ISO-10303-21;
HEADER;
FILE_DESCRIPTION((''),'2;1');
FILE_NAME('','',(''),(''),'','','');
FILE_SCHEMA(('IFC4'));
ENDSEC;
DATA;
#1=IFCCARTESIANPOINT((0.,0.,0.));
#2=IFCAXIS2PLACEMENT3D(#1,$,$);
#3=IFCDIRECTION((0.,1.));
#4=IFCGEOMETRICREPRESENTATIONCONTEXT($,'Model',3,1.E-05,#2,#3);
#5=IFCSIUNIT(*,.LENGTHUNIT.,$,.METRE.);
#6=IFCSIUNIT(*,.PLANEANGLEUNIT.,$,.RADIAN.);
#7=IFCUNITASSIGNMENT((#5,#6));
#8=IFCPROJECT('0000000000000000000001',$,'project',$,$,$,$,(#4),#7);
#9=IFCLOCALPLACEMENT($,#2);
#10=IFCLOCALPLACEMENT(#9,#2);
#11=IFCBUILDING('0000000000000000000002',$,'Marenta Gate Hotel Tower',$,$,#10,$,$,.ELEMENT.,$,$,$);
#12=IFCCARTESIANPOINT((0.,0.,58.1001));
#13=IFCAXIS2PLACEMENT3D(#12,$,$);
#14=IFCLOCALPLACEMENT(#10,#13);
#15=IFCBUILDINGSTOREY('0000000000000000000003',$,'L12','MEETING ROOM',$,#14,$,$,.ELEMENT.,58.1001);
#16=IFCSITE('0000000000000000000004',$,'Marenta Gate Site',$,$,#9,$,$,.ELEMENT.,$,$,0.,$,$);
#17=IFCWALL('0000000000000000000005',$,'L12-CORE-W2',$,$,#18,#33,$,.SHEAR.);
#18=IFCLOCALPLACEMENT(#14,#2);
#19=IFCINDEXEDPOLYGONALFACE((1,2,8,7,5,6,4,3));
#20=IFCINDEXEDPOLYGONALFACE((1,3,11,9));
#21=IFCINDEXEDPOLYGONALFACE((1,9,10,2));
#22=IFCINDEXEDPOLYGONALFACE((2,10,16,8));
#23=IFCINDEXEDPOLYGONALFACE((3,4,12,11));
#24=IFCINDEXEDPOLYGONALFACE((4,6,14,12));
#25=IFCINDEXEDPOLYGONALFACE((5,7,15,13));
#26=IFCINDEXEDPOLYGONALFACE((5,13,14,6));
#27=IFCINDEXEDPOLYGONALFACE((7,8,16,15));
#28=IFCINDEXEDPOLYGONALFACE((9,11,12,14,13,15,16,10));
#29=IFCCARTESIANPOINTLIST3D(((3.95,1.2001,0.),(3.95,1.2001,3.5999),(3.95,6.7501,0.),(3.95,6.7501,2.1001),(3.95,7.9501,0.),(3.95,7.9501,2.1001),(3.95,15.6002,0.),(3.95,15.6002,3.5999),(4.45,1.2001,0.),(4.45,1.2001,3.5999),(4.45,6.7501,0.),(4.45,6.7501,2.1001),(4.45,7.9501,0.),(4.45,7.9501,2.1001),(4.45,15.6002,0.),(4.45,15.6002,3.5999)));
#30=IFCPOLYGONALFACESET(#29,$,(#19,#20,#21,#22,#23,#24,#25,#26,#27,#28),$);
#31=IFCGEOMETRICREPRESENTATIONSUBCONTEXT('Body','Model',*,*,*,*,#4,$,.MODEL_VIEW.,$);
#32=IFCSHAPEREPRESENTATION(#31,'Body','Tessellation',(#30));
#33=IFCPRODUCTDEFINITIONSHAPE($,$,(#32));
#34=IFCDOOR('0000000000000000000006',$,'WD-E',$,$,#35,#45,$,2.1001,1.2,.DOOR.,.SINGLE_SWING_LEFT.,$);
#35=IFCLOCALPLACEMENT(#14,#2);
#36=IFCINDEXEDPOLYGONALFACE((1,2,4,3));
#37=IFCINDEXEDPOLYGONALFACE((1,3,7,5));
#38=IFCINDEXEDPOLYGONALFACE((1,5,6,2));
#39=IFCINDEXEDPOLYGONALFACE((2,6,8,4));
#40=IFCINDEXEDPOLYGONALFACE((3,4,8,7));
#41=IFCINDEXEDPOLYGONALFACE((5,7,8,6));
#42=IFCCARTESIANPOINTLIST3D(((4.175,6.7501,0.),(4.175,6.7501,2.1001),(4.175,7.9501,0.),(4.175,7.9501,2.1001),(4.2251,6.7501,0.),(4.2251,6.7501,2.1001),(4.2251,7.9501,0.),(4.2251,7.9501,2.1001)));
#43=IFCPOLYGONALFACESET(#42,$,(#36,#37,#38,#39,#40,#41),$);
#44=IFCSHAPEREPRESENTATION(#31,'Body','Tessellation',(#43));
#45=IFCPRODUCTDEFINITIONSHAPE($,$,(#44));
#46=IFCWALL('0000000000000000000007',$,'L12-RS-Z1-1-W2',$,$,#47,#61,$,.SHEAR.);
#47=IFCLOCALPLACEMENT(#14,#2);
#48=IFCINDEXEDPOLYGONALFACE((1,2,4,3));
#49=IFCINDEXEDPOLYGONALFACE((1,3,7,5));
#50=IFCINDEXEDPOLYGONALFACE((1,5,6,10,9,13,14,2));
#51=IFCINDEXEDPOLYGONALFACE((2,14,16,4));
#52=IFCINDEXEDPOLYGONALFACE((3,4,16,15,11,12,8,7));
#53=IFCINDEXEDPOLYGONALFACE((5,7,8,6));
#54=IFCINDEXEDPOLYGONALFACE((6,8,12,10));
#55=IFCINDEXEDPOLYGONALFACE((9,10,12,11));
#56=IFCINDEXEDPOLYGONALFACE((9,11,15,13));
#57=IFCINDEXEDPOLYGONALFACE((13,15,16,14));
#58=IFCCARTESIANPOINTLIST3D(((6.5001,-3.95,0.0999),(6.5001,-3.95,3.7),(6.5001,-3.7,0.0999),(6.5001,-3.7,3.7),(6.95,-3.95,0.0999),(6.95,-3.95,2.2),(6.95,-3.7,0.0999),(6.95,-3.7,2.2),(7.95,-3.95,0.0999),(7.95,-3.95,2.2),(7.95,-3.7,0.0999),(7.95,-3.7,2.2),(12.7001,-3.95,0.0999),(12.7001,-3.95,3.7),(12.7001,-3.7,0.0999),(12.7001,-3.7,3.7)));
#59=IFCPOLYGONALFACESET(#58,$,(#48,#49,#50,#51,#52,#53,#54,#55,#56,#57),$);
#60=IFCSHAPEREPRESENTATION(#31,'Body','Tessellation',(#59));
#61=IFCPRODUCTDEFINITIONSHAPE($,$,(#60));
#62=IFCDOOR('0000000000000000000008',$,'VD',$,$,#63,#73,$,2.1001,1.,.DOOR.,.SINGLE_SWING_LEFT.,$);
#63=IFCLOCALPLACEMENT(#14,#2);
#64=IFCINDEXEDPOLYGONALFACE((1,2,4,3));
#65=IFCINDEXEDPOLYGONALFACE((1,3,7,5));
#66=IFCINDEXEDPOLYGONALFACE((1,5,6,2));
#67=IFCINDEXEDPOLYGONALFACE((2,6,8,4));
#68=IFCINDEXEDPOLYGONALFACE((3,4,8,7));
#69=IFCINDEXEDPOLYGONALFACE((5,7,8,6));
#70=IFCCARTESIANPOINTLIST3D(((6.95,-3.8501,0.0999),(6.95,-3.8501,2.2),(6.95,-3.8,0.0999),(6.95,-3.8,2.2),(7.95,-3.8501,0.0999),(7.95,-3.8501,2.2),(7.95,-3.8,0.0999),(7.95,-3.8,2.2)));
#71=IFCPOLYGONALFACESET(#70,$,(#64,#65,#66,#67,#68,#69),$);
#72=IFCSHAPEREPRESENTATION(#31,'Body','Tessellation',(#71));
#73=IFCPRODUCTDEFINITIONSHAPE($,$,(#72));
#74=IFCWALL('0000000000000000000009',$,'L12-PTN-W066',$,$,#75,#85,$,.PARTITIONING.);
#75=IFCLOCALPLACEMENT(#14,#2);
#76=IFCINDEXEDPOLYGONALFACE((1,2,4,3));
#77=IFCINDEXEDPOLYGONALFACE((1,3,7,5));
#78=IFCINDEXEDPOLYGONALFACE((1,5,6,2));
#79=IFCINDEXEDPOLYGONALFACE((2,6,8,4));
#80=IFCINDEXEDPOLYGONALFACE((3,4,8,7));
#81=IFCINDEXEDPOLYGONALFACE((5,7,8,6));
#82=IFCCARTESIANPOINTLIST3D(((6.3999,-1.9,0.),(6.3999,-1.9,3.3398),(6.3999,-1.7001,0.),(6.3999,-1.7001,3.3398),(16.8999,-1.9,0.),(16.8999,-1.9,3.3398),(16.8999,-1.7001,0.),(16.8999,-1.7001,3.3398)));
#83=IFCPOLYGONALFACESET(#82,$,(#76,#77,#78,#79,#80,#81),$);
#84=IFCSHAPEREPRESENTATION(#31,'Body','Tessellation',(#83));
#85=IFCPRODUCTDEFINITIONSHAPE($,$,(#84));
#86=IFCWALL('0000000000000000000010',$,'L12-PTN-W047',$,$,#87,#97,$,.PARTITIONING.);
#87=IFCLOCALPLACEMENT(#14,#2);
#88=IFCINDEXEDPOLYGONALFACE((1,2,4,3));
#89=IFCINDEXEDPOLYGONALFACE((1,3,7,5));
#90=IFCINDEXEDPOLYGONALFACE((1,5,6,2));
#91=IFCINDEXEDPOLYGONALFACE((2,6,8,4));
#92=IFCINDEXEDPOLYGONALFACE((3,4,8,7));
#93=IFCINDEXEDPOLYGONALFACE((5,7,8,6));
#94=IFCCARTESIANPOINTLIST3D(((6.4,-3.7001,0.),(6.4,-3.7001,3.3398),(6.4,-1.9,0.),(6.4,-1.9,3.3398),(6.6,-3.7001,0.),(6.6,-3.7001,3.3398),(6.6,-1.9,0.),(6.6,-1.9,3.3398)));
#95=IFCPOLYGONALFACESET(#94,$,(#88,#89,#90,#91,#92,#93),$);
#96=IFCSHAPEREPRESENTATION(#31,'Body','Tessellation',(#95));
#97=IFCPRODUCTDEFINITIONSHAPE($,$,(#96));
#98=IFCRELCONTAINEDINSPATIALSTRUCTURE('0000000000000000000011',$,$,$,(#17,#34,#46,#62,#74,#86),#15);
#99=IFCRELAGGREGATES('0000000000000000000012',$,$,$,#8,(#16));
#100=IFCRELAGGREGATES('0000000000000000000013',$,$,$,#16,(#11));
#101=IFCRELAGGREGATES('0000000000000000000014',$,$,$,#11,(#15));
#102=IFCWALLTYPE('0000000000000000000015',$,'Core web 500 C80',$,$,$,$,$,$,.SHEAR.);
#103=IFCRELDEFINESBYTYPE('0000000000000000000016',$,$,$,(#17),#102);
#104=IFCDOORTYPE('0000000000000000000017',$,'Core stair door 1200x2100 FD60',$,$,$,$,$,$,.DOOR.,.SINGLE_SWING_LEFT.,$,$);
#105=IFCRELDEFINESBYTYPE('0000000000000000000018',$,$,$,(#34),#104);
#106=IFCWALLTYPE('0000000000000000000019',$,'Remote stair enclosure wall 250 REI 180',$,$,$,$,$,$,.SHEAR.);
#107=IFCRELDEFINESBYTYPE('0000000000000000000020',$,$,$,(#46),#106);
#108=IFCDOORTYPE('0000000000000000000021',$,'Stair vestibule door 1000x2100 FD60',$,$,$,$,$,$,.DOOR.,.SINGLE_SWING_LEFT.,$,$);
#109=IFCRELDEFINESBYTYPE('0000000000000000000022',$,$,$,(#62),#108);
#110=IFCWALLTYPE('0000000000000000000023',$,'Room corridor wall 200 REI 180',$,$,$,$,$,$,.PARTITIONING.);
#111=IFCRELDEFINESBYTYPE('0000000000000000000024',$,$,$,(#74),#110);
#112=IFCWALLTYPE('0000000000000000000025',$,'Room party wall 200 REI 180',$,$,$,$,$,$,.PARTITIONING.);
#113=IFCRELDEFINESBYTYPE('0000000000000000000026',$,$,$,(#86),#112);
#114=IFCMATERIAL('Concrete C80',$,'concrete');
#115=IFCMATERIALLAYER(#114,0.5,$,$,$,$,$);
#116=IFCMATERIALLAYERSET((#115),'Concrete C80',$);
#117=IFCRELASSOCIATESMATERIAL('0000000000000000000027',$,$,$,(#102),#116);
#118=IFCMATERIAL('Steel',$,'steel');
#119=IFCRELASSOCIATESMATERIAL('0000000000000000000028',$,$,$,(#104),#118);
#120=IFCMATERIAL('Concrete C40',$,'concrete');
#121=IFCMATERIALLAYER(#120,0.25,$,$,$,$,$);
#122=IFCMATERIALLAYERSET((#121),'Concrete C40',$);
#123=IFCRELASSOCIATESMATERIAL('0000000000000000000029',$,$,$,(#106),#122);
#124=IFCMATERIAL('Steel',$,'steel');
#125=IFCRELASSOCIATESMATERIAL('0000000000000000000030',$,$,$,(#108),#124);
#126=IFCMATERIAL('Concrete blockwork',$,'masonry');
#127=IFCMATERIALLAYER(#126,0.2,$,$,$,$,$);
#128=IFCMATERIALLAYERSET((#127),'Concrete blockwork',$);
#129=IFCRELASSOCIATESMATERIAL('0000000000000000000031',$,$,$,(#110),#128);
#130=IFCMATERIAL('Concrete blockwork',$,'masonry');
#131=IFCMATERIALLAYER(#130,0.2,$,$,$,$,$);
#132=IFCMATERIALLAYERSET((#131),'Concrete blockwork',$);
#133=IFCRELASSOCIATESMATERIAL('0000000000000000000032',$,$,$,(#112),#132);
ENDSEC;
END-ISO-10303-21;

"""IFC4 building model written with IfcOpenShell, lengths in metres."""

from ifc_helpers import new_model, si_unit, direction, frame, frame_2d, origin, place, context, subcontext, project, spatial, rectangle, extrude, material, layer, layer_set, type_object, element, fill, save


model = new_model("IFC4")

# Units and contexts
model_context = context("Model", 3, precision=1e-05, world=origin(), true_north=direction((0.0, 1.0)))
body_context = subcontext(model_context, "Body", "Model", "MODEL_VIEW")
ifc_project = project(units=[si_unit("LENGTHUNIT", "METRE"), si_unit("PLANEANGLEUNIT", "RADIAN")], contexts=[model_context])

# Site, building, storey
site_placement = place(None, origin())
site = spatial("IfcSite", under=ifc_project, at=site_placement, Name="Marenta Gate Site", CompositionType="ELEMENT", RefElevation=0.0)
building_placement = place(site_placement, origin())
building = spatial("IfcBuilding", under=site, at=building_placement, Name="Marenta Gate Hotel Tower", CompositionType="ELEMENT")
storey_placement = place(building_placement, frame((0.0, 0.0, 58.1001)))
storey = spatial("IfcBuildingStorey", under=building, at=storey_placement, Name="L12", Description="MEETING ROOM", CompositionType="ELEMENT", Elevation=58.1001)

# Walls, openings, doors
ifc_material_1 = material(Name="Concrete C80", Category="concrete")
ifc_layer_1 = layer(ifc_material_1, 0.5)
ifc_layer_set_1 = layer_set([ifc_layer_1], Name="Concrete C80")
wall_type_1 = type_object("IfcWallType", Name="Core web 500 C80", PredefinedType="SHEAR", material=ifc_layer_set_1)
wall_1_placement = place(storey_placement, frame((4.2, 1.2, 0.0), z_axis=(0.0, 0.0, 1.0), x_axis=(0.0, 1.0, 0.0)))
wall_1 = element("IfcWall", 1, at=wall_1_placement, inside=storey, type_object=wall_type_1, Name="L12-CORE-W2", PredefinedType="SHEAR", context=body_context, shape_type="SweptSolid", body=[
    extrude(rectangle(XDim=14.4001, YDim=0.5, at=frame_2d((7.2002, 0.0))), origin(), (0.0, 0.0, 1.0), 3.5999),
])
opening_1_placement = place(wall_1_placement, frame((5.55, 0.0, 0.0)))
opening_1 = element("IfcOpeningElement", 2, at=opening_1_placement, cuts=wall_1, PredefinedType="OPENING", context=body_context, shape_type="SweptSolid", body=[
    extrude(rectangle(XDim=1.2, YDim=2.1001, at=frame_2d((0.6001, 1.05))), frame((0.0, 0.25, 0.0), z_axis=(0.0, -1.0, 0.0), x_axis=(1.0, 0.0, 0.0)), (0.0, 0.0, 1.0), 0.5),
])
ifc_material_2 = material(Name="Steel", Category="steel")
door_type_1 = type_object("IfcDoorType", Name="Core stair door 1200x2100 FD60", OperationType="SINGLE_SWING_LEFT", PredefinedType="DOOR", material=ifc_material_2)
door_1_placement = place(opening_1_placement, origin())
door_1 = element("IfcDoor", 3, at=door_1_placement, inside=storey, type_object=door_type_1, Name="WD-E", OperationType="SINGLE_SWING_LEFT", OverallHeight=2.1001, OverallWidth=1.2, PredefinedType="DOOR", context=body_context, shape_type="SweptSolid", body=[
    extrude(rectangle(XDim=1.2, YDim=2.1001, at=frame_2d((0.6001, 1.05))), frame((0.0, 0.0249, 0.0), z_axis=(0.0, -1.0, 0.0), x_axis=(1.0, 0.0, 0.0)), (0.0, 0.0, 1.0), 0.05),
])
fill(opening_1, door_1)
ifc_material_3 = material(Name="Concrete C40", Category="concrete")
ifc_layer_2 = layer(ifc_material_3, 0.25)
ifc_layer_set_2 = layer_set([ifc_layer_2], Name="Concrete C40")
wall_type_2 = type_object("IfcWallType", Name="Remote stair enclosure wall 250 REI 180", PredefinedType="SHEAR", material=ifc_layer_set_2)
wall_2_placement = place(storey_placement, frame((6.5, -3.825, 0.0999), z_axis=(0.0, 0.0, 1.0), x_axis=(1.0, 0.0, 0.0)))
wall_2 = element("IfcWall", 4, at=wall_2_placement, inside=storey, type_object=wall_type_2, Name="L12-RS-Z1-1-W2", PredefinedType="SHEAR", context=body_context, shape_type="SweptSolid", body=[
    extrude(rectangle(XDim=6.2, YDim=0.25, at=frame_2d((3.1001, 0.0))), origin(), (0.0, 0.0, 1.0), 3.6001),
])
opening_2_placement = place(wall_2_placement, frame((0.45, 0.0, 0.0)))
opening_2 = element("IfcOpeningElement", 5, at=opening_2_placement, cuts=wall_2, PredefinedType="OPENING", context=body_context, shape_type="SweptSolid", body=[
    extrude(rectangle(XDim=1.0, YDim=2.1001, at=frame_2d((0.5, 1.05))), frame((0.0, 0.125, 0.0), z_axis=(0.0, -1.0, 0.0), x_axis=(1.0, 0.0, 0.0)), (0.0, 0.0, 1.0), 0.25),
])
ifc_material_4 = material(Name="Steel", Category="steel")
door_type_2 = type_object("IfcDoorType", Name="Stair vestibule door 1000x2100 FD60", OperationType="SINGLE_SWING_LEFT", PredefinedType="DOOR", material=ifc_material_4)
door_2_placement = place(opening_2_placement, origin())
door_2 = element("IfcDoor", 6, at=door_2_placement, inside=storey, type_object=door_type_2, Name="VD", OperationType="SINGLE_SWING_LEFT", OverallHeight=2.1001, OverallWidth=1.0, PredefinedType="DOOR", context=body_context, shape_type="SweptSolid", body=[
    extrude(rectangle(XDim=1.0, YDim=2.1001, at=frame_2d((0.5, 1.05))), frame((0.0, 0.0249, 0.0), z_axis=(0.0, -1.0, 0.0), x_axis=(1.0, 0.0, 0.0)), (0.0, 0.0, 1.0), 0.05),
])
fill(opening_2, door_2)

# Walls
ifc_material_5 = material(Name="Concrete blockwork", Category="masonry")
ifc_layer_3 = layer(ifc_material_5, 0.2)
ifc_layer_set_3 = layer_set([ifc_layer_3], Name="Concrete blockwork")
wall_type_3 = type_object("IfcWallType", Name="Room corridor wall 200 REI 180", PredefinedType="PARTITIONING", material=ifc_layer_set_3)
wall_3_placement = place(storey_placement, frame((6.3999, -1.8, 0.0), z_axis=(0.0, 0.0, 1.0), x_axis=(1.0, 0.0, 0.0)))
element("IfcWall", 7, at=wall_3_placement, inside=storey, type_object=wall_type_3, Name="L12-PTN-W066", PredefinedType="PARTITIONING", context=body_context, shape_type="SweptSolid", body=[
    extrude(rectangle(XDim=10.5, YDim=0.2, at=frame_2d((5.25, 0.0))), origin(), (0.0, 0.0, 1.0), 3.3398),
])
ifc_material_6 = material(Name="Concrete blockwork", Category="masonry")
ifc_layer_4 = layer(ifc_material_6, 0.2)
ifc_layer_set_4 = layer_set([ifc_layer_4], Name="Concrete blockwork")
wall_type_4 = type_object("IfcWallType", Name="Room party wall 200 REI 180", PredefinedType="PARTITIONING", material=ifc_layer_set_4)
wall_4_placement = place(storey_placement, frame((6.5, -3.7, 0.0), z_axis=(0.0, 0.0, 1.0), x_axis=(0.0, 1.0, 0.0)))
element("IfcWall", 8, at=wall_4_placement, inside=storey, type_object=wall_type_4, Name="L12-PTN-W047", PredefinedType="PARTITIONING", context=body_context, shape_type="SweptSolid", body=[
    extrude(rectangle(XDim=1.8, YDim=0.2, at=frame_2d((0.8999, 0.0))), origin(), (0.0, 0.0, 1.0), 3.3398),
])

save(model, "model.ifc")
